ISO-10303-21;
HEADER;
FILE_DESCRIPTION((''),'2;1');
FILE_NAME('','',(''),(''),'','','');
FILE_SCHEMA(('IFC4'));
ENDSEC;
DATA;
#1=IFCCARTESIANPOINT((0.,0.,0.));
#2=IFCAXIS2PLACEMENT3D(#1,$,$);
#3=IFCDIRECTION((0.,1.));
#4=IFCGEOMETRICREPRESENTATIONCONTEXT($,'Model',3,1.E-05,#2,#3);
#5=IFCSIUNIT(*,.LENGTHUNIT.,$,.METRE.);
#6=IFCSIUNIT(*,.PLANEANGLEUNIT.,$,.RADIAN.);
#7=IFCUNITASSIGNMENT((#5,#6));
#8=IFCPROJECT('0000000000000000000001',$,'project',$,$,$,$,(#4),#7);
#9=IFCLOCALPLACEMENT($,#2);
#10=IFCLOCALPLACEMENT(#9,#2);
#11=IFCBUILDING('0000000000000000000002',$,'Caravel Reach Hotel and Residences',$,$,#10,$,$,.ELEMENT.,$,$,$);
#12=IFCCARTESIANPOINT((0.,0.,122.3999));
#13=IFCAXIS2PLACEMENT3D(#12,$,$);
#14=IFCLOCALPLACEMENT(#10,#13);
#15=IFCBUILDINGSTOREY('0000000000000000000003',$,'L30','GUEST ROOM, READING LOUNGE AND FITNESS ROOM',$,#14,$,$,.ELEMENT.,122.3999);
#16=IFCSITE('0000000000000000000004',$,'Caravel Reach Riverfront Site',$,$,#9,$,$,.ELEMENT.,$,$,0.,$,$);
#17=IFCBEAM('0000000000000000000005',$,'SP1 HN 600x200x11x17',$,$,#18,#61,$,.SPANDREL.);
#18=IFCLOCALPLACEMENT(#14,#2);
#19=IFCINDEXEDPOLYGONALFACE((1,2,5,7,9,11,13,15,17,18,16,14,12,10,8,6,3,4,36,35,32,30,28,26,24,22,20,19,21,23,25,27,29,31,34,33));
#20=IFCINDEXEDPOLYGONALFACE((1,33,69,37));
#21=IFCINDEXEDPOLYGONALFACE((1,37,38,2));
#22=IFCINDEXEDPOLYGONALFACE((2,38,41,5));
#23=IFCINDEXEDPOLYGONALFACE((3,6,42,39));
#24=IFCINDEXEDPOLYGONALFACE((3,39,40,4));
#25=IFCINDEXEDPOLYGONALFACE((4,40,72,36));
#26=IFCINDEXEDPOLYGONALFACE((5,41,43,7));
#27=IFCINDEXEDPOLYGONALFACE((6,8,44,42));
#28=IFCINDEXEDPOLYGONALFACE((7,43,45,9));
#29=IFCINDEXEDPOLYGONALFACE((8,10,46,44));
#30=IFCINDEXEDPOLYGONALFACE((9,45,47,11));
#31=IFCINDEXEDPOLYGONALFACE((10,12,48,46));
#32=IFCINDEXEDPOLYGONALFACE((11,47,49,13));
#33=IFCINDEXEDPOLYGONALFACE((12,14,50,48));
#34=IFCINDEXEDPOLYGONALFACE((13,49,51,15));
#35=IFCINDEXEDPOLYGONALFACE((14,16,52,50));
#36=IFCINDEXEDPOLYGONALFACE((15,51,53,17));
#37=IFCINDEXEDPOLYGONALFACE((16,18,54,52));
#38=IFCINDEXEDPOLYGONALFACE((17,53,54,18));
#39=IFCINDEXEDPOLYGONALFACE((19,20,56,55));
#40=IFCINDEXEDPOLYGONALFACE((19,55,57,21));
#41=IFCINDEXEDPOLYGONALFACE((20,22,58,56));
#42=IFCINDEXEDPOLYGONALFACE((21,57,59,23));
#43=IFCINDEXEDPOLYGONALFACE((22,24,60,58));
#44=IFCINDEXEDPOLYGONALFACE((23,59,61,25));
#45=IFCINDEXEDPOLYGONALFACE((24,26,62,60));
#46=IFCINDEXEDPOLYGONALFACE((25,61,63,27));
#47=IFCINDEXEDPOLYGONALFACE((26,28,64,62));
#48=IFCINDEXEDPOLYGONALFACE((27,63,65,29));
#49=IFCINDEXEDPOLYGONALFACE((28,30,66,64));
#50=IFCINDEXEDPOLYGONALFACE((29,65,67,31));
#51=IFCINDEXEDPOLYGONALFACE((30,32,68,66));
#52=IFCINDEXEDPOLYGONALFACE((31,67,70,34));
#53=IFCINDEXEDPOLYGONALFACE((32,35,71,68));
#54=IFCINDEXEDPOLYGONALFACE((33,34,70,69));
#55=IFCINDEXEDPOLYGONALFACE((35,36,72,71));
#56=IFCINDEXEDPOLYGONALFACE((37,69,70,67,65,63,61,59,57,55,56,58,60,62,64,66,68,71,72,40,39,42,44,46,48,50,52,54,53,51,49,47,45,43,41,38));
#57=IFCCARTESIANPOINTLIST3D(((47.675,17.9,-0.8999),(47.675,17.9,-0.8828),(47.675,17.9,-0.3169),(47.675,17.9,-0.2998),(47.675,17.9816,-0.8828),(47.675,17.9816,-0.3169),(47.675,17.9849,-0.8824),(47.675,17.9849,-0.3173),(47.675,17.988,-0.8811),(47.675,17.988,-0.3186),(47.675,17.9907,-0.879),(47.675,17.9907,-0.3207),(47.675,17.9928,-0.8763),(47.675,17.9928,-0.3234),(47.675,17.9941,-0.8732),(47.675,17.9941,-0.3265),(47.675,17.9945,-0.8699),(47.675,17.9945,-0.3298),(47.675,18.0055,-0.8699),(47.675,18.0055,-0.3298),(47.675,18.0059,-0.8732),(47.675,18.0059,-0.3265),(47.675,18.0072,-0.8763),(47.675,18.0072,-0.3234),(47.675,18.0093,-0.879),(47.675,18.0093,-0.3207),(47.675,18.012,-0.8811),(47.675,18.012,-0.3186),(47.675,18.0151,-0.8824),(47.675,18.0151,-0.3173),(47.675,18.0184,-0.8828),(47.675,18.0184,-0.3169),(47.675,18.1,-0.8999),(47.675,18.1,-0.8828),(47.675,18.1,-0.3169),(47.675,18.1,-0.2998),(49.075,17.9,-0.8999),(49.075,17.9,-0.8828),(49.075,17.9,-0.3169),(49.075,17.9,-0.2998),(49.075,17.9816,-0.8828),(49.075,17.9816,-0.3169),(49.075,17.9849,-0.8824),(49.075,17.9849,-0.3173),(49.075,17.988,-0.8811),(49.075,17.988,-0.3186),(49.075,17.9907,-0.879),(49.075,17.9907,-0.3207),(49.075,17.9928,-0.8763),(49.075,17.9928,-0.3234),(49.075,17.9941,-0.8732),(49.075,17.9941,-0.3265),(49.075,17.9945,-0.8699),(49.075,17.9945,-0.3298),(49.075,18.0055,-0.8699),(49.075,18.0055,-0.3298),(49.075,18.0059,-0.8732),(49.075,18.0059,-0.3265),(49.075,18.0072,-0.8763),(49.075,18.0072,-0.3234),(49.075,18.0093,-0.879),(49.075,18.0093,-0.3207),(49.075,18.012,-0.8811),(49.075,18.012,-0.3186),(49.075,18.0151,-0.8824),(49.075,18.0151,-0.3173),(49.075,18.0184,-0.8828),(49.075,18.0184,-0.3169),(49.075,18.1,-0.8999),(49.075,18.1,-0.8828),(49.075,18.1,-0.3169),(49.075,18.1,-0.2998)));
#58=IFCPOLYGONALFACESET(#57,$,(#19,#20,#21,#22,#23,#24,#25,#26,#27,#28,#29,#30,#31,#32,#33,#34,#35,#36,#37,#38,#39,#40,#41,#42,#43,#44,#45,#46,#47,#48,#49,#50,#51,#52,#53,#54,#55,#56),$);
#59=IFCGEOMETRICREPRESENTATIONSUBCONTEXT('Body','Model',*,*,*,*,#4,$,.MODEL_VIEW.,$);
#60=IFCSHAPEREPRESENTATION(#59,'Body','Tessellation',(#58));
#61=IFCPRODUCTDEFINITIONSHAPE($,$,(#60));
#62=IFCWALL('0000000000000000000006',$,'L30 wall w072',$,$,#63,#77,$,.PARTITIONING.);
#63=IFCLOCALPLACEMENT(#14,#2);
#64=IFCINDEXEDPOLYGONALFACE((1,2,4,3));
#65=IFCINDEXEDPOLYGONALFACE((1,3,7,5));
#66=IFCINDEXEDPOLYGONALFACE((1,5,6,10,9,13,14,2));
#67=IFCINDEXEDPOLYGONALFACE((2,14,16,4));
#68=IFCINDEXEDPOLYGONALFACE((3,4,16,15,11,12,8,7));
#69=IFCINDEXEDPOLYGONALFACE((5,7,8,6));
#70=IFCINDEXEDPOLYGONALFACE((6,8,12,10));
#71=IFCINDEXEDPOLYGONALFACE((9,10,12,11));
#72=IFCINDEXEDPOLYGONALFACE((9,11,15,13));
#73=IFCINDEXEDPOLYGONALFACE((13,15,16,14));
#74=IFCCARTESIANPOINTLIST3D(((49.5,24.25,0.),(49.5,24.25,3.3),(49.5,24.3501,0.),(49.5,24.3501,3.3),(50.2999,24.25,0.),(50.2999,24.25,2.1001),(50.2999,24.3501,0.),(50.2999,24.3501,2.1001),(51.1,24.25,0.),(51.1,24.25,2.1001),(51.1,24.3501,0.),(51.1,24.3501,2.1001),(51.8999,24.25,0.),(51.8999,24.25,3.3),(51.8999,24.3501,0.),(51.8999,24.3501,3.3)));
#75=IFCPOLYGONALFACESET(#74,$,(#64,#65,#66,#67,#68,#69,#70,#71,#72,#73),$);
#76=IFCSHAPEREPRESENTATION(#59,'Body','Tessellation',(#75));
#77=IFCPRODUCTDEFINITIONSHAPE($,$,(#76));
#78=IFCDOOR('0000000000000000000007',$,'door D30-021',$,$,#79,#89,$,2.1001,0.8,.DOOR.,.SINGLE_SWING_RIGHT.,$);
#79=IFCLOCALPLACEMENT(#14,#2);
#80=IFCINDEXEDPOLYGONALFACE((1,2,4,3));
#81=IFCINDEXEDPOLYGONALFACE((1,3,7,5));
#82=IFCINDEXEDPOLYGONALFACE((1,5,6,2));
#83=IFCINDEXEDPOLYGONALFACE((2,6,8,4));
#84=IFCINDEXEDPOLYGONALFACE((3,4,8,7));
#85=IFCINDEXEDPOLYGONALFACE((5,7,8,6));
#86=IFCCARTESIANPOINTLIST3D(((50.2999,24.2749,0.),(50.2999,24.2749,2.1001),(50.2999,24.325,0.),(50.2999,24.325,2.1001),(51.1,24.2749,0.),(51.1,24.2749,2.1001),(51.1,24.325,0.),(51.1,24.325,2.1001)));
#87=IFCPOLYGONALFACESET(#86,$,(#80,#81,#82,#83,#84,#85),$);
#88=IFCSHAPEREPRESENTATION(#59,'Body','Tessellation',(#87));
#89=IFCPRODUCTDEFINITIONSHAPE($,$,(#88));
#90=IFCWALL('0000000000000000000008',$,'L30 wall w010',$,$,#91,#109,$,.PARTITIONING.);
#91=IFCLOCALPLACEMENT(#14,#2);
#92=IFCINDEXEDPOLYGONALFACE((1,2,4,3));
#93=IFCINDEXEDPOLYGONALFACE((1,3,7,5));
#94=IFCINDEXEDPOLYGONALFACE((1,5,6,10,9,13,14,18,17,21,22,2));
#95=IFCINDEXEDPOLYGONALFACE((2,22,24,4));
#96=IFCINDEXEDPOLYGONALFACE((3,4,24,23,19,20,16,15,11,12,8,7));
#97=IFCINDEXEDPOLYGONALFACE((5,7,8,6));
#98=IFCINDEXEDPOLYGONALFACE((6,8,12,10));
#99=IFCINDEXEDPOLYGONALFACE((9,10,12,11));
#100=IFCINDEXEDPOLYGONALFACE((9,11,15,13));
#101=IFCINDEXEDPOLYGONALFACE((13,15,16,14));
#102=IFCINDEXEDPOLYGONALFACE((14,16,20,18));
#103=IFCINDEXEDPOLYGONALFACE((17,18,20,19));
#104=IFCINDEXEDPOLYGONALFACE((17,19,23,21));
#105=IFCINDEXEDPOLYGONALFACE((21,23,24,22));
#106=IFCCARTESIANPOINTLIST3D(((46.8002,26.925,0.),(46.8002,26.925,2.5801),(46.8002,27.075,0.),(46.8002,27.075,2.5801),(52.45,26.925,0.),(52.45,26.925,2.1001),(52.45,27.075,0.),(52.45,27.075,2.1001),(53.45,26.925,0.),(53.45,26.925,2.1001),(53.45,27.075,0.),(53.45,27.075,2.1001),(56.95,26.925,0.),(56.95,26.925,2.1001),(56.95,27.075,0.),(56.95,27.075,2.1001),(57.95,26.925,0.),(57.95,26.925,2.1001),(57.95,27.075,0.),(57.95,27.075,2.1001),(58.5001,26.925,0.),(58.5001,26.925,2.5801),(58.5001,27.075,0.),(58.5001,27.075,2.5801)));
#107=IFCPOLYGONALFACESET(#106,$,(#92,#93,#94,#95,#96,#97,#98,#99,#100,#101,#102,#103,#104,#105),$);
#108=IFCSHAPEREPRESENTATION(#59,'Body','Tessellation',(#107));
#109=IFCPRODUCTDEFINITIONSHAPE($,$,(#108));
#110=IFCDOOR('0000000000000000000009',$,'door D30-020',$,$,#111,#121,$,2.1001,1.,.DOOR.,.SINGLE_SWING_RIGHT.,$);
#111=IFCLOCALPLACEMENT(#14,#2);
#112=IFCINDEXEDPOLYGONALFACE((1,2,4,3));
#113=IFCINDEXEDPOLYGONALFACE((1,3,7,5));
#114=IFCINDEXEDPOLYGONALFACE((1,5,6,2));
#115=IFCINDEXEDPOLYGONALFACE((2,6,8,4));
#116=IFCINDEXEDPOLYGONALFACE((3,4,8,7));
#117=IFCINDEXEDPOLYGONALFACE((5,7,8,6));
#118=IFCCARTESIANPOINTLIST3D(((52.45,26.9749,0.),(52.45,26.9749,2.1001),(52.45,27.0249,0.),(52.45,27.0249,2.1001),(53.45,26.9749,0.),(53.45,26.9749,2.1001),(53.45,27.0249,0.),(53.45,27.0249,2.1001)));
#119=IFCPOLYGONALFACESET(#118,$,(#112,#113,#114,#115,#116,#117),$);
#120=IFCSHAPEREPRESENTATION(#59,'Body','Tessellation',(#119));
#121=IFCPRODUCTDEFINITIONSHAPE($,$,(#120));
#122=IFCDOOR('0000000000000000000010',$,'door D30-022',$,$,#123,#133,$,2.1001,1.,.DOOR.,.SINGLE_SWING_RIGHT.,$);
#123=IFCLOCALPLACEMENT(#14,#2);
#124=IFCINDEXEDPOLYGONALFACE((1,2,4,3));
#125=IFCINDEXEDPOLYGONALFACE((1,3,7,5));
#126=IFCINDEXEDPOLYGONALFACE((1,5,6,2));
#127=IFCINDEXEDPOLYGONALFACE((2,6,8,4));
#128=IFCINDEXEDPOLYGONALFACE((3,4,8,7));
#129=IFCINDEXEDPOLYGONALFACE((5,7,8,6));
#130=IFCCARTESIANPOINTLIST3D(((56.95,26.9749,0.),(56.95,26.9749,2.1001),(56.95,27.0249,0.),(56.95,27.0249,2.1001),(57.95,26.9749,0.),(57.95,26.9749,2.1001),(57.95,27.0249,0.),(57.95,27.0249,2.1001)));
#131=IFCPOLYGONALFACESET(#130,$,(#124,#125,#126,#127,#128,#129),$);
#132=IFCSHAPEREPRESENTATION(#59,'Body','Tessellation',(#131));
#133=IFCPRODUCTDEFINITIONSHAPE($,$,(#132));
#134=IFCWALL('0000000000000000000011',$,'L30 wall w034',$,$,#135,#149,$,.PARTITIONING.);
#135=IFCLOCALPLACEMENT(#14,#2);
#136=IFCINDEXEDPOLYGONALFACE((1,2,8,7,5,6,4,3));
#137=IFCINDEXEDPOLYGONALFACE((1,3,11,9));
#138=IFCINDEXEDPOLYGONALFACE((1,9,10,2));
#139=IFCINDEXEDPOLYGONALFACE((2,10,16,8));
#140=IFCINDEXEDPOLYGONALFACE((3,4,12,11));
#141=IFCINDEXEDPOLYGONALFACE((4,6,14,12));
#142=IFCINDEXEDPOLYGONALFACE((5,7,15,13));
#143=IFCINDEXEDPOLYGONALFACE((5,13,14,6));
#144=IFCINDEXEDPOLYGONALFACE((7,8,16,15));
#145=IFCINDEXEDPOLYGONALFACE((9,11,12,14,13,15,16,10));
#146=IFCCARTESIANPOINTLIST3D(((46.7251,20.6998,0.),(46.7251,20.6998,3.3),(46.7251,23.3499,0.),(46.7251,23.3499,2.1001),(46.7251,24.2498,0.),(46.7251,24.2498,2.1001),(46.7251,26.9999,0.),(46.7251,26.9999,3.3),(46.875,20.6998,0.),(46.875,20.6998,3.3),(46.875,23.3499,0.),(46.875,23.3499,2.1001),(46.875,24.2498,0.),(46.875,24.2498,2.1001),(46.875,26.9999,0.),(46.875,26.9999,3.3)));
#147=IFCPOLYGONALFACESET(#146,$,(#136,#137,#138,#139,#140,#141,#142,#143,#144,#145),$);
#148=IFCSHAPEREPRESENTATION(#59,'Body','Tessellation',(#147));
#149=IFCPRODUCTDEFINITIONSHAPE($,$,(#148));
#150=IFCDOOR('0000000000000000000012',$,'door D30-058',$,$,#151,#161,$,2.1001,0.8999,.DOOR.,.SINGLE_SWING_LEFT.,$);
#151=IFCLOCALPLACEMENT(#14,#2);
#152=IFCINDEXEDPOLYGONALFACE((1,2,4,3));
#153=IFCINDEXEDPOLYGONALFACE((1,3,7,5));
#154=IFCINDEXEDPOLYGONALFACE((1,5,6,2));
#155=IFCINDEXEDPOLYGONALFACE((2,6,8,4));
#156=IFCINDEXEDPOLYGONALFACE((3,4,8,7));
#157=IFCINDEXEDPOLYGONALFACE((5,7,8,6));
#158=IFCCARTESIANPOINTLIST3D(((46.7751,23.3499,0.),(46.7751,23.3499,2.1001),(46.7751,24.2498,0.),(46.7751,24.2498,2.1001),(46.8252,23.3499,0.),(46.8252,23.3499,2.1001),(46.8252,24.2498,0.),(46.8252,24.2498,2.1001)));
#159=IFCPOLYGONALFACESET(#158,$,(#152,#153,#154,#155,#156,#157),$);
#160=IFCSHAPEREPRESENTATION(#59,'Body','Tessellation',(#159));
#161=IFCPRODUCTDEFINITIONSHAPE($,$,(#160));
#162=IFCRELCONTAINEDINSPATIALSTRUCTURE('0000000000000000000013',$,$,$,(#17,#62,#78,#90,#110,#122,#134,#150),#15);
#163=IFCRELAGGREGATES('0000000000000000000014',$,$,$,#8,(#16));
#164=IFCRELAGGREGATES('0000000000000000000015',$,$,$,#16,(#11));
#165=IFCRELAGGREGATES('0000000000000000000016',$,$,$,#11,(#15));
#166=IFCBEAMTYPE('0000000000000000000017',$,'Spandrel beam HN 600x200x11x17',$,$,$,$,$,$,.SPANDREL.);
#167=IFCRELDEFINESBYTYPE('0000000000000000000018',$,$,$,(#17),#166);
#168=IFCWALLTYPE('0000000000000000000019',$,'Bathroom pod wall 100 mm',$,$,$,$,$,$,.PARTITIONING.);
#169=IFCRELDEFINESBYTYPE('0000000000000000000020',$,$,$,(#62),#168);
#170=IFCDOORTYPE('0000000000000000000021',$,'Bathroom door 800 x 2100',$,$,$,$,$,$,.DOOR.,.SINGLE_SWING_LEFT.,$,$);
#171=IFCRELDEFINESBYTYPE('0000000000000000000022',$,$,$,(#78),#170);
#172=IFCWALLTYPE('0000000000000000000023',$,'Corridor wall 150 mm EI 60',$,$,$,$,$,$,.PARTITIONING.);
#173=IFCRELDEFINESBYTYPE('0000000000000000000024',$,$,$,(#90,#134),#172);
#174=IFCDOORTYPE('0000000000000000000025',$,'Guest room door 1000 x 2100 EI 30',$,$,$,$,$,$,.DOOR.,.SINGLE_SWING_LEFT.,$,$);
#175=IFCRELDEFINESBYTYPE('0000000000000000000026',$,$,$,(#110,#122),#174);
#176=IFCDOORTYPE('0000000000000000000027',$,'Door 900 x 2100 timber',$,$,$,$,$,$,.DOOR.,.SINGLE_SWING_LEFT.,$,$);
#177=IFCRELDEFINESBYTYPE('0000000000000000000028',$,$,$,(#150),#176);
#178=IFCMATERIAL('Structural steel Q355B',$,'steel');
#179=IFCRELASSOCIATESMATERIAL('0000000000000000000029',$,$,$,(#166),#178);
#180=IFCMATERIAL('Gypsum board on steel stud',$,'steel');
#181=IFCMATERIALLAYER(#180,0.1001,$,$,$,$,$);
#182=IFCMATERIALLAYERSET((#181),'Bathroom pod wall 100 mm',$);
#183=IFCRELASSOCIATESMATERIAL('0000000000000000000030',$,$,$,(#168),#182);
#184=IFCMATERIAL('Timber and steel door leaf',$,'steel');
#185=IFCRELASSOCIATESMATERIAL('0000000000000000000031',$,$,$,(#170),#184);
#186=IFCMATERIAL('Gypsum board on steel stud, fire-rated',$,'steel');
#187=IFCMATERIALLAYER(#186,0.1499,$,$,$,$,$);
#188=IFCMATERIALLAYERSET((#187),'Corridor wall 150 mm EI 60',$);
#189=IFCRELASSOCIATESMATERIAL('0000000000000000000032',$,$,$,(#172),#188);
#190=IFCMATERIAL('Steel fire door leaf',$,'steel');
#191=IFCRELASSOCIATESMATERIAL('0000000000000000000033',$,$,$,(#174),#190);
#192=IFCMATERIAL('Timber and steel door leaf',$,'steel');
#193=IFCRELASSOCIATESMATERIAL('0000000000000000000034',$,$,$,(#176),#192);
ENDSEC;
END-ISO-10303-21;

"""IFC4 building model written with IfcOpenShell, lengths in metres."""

from ifc_helpers import new_model, si_unit, direction, frame, frame_2d, origin, origin_2d, place, context, subcontext, project, spatial, rectangle, i_section, extrude, material, layer, layer_set, material_profile, profile_set, type_object, element, fill, save


model = new_model("IFC4")

# Units and contexts
model_context = context("Model", 3, precision=1e-05, world=origin(), true_north=direction((0.0, 1.0)))
body_context = subcontext(model_context, "Body", "Model", "MODEL_VIEW")
ifc_project = project(units=[si_unit("LENGTHUNIT", "METRE"), si_unit("PLANEANGLEUNIT", "RADIAN")], contexts=[model_context])

# Site, building, storey
site_placement = place(None, origin())
site = spatial("IfcSite", under=ifc_project, at=site_placement, Name="Caravel Reach Riverfront Site", CompositionType="ELEMENT", RefElevation=0.0)
building_placement = place(site_placement, origin())
building = spatial("IfcBuilding", under=site, at=building_placement, Name="Caravel Reach Hotel and Residences", CompositionType="ELEMENT")
storey_placement = place(building_placement, frame((0.0, 0.0, 122.3999)))
storey = spatial("IfcBuildingStorey", under=building, at=storey_placement, Name="L30", Description="GUEST ROOM, READING LOUNGE AND FITNESS ROOM", CompositionType="ELEMENT", Elevation=122.3999)

# Beam
ifc_material_1 = material(Name="Structural steel Q355B", Category="steel")
ifc_material_profile_1 = material_profile(ifc_material_1, i_section(OverallWidth=0.2, OverallDepth=0.6001, WebThickness=0.011, FlangeThickness=0.0171, FilletRadius=0.0129, at=origin_2d()), Name="HN 600x200x11x17")
ifc_profile_set_1 = profile_set([ifc_material_profile_1], Name="Structural steel Q355B")
beam_type_1 = type_object("IfcBeamType", Name="Spandrel beam HN 600x200x11x17", PredefinedType="SPANDREL", material=ifc_profile_set_1)
beam_1_placement = place(storey_placement, frame((47.675, 18.0, -0.5999), z_axis=(1.0, 0.0, 0.0), x_axis=(0.0, 1.0, 0.0)))
element("IfcBeam", 1, at=beam_1_placement, inside=storey, type_object=beam_type_1, Name="SP1 HN 600x200x11x17", PredefinedType="SPANDREL", context=body_context, shape_type="SweptSolid", body=[
    extrude(i_section(OverallWidth=0.2, OverallDepth=0.6001, WebThickness=0.011, FlangeThickness=0.0171, FilletRadius=0.0129, at=origin_2d()), origin(), (0.0, 0.0, 1.0), 1.3999),
])

# Wall, opening, door
ifc_material_2 = material(Name="Gypsum board on steel stud", Category="steel")
ifc_layer_1 = layer(ifc_material_2, 0.1001)
ifc_layer_set_1 = layer_set([ifc_layer_1], Name="Bathroom pod wall 100 mm")
wall_type_1 = type_object("IfcWallType", Name="Bathroom pod wall 100 mm", PredefinedType="PARTITIONING", material=ifc_layer_set_1)
wall_1_placement = place(storey_placement, frame((49.5, 24.3, 0.0), z_axis=(0.0, 0.0, 1.0), x_axis=(1.0, 0.0, 0.0)))
wall_1 = element("IfcWall", 2, at=wall_1_placement, inside=storey, type_object=wall_type_1, Name="L30 wall w072", PredefinedType="PARTITIONING", context=body_context, shape_type="SweptSolid", body=[
    extrude(rectangle(XDim=2.3999, YDim=0.1001, at=frame_2d((1.2, 0.0))), origin(), (0.0, 0.0, 1.0), 3.3),
])
opening_1_placement = place(wall_1_placement, frame((0.8, 0.0, 0.0)))
opening_1 = element("IfcOpeningElement", 3, at=opening_1_placement, cuts=wall_1, PredefinedType="OPENING", context=body_context, shape_type="SweptSolid", body=[
    extrude(rectangle(XDim=0.8, YDim=2.1001, at=frame_2d((0.3999, 1.05))), frame((0.0, 0.0601, 0.0), z_axis=(0.0, -1.0, 0.0), x_axis=(1.0, 0.0, 0.0)), (0.0, 0.0, 1.0), 0.1201),
])
ifc_material_3 = material(Name="Timber and steel door leaf", Category="steel")
door_type_1 = type_object("IfcDoorType", Name="Bathroom door 800 x 2100", OperationType="SINGLE_SWING_LEFT", PredefinedType="DOOR", material=ifc_material_3)
door_1_placement = place(opening_1_placement, origin())
door_1 = element("IfcDoor", 4, at=door_1_placement, inside=storey, type_object=door_type_1, Name="door D30-021", OperationType="SINGLE_SWING_RIGHT", OverallHeight=2.1001, OverallWidth=0.8, PredefinedType="DOOR", context=body_context, shape_type="SweptSolid", body=[
    extrude(rectangle(XDim=0.8, YDim=2.1001, at=frame_2d((0.3999, 1.05))), frame((0.0, 0.0249, 0.0), z_axis=(0.0, -1.0, 0.0), x_axis=(1.0, 0.0, 0.0)), (0.0, 0.0, 1.0), 0.05),
])
fill(opening_1, door_1)

# Wall, openings, doors
ifc_material_4 = material(Name="Gypsum board on steel stud, fire-rated", Category="steel")
ifc_layer_2 = layer(ifc_material_4, 0.1499)
ifc_layer_set_2 = layer_set([ifc_layer_2], Name="Corridor wall 150 mm EI 60")
wall_type_2 = type_object("IfcWallType", Name="Corridor wall 150 mm EI 60", PredefinedType="PARTITIONING", material=ifc_layer_set_2)
wall_2_placement = place(storey_placement, frame((46.8, 27.0, 0.0), z_axis=(0.0, 0.0, 1.0), x_axis=(1.0, 0.0, 0.0)))
wall_2 = element("IfcWall", 5, at=wall_2_placement, inside=storey, type_object=wall_type_2, Name="L30 wall w010", PredefinedType="PARTITIONING", context=body_context, shape_type="SweptSolid", body=[
    extrude(rectangle(XDim=11.7, YDim=0.1499, at=frame_2d((5.8501, 0.0))), origin(), (0.0, 0.0, 1.0), 2.5801),
])
opening_2_placement = place(wall_2_placement, frame((5.6499, 0.0, 0.0)))
opening_2 = element("IfcOpeningElement", 6, at=opening_2_placement, cuts=wall_2, PredefinedType="OPENING", context=body_context, shape_type="SweptSolid", body=[
    extrude(rectangle(XDim=1.0, YDim=2.1001, at=frame_2d((0.5, 1.05))), frame((0.0, 0.085, 0.0), z_axis=(0.0, -1.0, 0.0), x_axis=(1.0, 0.0, 0.0)), (0.0, 0.0, 1.0), 0.1699),
])
opening_3_placement = place(wall_2_placement, frame((10.1499, 0.0, 0.0)))
opening_3 = element("IfcOpeningElement", 7, at=opening_3_placement, cuts=wall_2, PredefinedType="OPENING", context=body_context, shape_type="SweptSolid", body=[
    extrude(rectangle(XDim=1.0, YDim=2.1001, at=frame_2d((0.5, 1.05))), frame((0.0, 0.085, 0.0), z_axis=(0.0, -1.0, 0.0), x_axis=(1.0, 0.0, 0.0)), (0.0, 0.0, 1.0), 0.1699),
])
ifc_material_5 = material(Name="Steel fire door leaf", Category="steel")
door_type_2 = type_object("IfcDoorType", Name="Guest room door 1000 x 2100 EI 30", OperationType="SINGLE_SWING_LEFT", PredefinedType="DOOR", material=ifc_material_5)
door_2_placement = place(opening_2_placement, origin())
door_2 = element("IfcDoor", 8, at=door_2_placement, inside=storey, type_object=door_type_2, Name="door D30-020", OperationType="SINGLE_SWING_RIGHT", OverallHeight=2.1001, OverallWidth=1.0, PredefinedType="DOOR", context=body_context, shape_type="SweptSolid", body=[
    extrude(rectangle(XDim=1.0, YDim=2.1001, at=frame_2d((0.5, 1.05))), frame((0.0, 0.0249, 0.0), z_axis=(0.0, -1.0, 0.0), x_axis=(1.0, 0.0, 0.0)), (0.0, 0.0, 1.0), 0.05),
])
fill(opening_2, door_2)
door_3_placement = place(opening_3_placement, origin())
door_3 = element("IfcDoor", 9, at=door_3_placement, inside=storey, type_object=door_type_2, Name="door D30-022", OperationType="SINGLE_SWING_RIGHT", OverallHeight=2.1001, OverallWidth=1.0, PredefinedType="DOOR", context=body_context, shape_type="SweptSolid", body=[
    extrude(rectangle(XDim=1.0, YDim=2.1001, at=frame_2d((0.5, 1.05))), frame((0.0, 0.0249, 0.0), z_axis=(0.0, -1.0, 0.0), x_axis=(1.0, 0.0, 0.0)), (0.0, 0.0, 1.0), 0.05),
])
fill(opening_3, door_3)

# Wall, opening, door
wall_3_placement = place(storey_placement, frame((46.8, 20.7, 0.0), z_axis=(0.0, 0.0, 1.0), x_axis=(0.0, 1.0, 0.0)))
wall_3 = element("IfcWall", 10, at=wall_3_placement, inside=storey, type_object=wall_type_2, Name="L30 wall w034", PredefinedType="PARTITIONING", context=body_context, shape_type="SweptSolid", body=[
    extrude(rectangle(XDim=6.3, YDim=0.1499, at=frame_2d((3.1499, 0.0))), origin(), (0.0, 0.0, 1.0), 3.3),
])
opening_4_placement = place(wall_3_placement, frame((2.6499, 0.0, 0.0)))
opening_4 = element("IfcOpeningElement", 11, at=opening_4_placement, cuts=wall_3, PredefinedType="OPENING", context=body_context, shape_type="SweptSolid", body=[
    extrude(rectangle(XDim=0.8999, YDim=2.1001, at=frame_2d((0.45, 1.05))), frame((0.0, 0.085, 0.0), z_axis=(0.0, -1.0, 0.0), x_axis=(1.0, 0.0, 0.0)), (0.0, 0.0, 1.0), 0.1699),
])
ifc_material_6 = material(Name="Timber and steel door leaf", Category="steel")
door_type_3 = type_object("IfcDoorType", Name="Door 900 x 2100 timber", OperationType="SINGLE_SWING_LEFT", PredefinedType="DOOR", material=ifc_material_6)
door_4_placement = place(opening_4_placement, origin())
door_4 = element("IfcDoor", 12, at=door_4_placement, inside=storey, type_object=door_type_3, Name="door D30-058", OperationType="SINGLE_SWING_LEFT", OverallHeight=2.1001, OverallWidth=0.8999, PredefinedType="DOOR", context=body_context, shape_type="SweptSolid", body=[
    extrude(rectangle(XDim=0.8999, YDim=2.1001, at=frame_2d((0.45, 1.05))), frame((0.0, 0.0249, 0.0), z_axis=(0.0, -1.0, 0.0), x_axis=(1.0, 0.0, 0.0)), (0.0, 0.0, 1.0), 0.05),
])
fill(opening_4, door_4)

save(model, "model.ifc")
